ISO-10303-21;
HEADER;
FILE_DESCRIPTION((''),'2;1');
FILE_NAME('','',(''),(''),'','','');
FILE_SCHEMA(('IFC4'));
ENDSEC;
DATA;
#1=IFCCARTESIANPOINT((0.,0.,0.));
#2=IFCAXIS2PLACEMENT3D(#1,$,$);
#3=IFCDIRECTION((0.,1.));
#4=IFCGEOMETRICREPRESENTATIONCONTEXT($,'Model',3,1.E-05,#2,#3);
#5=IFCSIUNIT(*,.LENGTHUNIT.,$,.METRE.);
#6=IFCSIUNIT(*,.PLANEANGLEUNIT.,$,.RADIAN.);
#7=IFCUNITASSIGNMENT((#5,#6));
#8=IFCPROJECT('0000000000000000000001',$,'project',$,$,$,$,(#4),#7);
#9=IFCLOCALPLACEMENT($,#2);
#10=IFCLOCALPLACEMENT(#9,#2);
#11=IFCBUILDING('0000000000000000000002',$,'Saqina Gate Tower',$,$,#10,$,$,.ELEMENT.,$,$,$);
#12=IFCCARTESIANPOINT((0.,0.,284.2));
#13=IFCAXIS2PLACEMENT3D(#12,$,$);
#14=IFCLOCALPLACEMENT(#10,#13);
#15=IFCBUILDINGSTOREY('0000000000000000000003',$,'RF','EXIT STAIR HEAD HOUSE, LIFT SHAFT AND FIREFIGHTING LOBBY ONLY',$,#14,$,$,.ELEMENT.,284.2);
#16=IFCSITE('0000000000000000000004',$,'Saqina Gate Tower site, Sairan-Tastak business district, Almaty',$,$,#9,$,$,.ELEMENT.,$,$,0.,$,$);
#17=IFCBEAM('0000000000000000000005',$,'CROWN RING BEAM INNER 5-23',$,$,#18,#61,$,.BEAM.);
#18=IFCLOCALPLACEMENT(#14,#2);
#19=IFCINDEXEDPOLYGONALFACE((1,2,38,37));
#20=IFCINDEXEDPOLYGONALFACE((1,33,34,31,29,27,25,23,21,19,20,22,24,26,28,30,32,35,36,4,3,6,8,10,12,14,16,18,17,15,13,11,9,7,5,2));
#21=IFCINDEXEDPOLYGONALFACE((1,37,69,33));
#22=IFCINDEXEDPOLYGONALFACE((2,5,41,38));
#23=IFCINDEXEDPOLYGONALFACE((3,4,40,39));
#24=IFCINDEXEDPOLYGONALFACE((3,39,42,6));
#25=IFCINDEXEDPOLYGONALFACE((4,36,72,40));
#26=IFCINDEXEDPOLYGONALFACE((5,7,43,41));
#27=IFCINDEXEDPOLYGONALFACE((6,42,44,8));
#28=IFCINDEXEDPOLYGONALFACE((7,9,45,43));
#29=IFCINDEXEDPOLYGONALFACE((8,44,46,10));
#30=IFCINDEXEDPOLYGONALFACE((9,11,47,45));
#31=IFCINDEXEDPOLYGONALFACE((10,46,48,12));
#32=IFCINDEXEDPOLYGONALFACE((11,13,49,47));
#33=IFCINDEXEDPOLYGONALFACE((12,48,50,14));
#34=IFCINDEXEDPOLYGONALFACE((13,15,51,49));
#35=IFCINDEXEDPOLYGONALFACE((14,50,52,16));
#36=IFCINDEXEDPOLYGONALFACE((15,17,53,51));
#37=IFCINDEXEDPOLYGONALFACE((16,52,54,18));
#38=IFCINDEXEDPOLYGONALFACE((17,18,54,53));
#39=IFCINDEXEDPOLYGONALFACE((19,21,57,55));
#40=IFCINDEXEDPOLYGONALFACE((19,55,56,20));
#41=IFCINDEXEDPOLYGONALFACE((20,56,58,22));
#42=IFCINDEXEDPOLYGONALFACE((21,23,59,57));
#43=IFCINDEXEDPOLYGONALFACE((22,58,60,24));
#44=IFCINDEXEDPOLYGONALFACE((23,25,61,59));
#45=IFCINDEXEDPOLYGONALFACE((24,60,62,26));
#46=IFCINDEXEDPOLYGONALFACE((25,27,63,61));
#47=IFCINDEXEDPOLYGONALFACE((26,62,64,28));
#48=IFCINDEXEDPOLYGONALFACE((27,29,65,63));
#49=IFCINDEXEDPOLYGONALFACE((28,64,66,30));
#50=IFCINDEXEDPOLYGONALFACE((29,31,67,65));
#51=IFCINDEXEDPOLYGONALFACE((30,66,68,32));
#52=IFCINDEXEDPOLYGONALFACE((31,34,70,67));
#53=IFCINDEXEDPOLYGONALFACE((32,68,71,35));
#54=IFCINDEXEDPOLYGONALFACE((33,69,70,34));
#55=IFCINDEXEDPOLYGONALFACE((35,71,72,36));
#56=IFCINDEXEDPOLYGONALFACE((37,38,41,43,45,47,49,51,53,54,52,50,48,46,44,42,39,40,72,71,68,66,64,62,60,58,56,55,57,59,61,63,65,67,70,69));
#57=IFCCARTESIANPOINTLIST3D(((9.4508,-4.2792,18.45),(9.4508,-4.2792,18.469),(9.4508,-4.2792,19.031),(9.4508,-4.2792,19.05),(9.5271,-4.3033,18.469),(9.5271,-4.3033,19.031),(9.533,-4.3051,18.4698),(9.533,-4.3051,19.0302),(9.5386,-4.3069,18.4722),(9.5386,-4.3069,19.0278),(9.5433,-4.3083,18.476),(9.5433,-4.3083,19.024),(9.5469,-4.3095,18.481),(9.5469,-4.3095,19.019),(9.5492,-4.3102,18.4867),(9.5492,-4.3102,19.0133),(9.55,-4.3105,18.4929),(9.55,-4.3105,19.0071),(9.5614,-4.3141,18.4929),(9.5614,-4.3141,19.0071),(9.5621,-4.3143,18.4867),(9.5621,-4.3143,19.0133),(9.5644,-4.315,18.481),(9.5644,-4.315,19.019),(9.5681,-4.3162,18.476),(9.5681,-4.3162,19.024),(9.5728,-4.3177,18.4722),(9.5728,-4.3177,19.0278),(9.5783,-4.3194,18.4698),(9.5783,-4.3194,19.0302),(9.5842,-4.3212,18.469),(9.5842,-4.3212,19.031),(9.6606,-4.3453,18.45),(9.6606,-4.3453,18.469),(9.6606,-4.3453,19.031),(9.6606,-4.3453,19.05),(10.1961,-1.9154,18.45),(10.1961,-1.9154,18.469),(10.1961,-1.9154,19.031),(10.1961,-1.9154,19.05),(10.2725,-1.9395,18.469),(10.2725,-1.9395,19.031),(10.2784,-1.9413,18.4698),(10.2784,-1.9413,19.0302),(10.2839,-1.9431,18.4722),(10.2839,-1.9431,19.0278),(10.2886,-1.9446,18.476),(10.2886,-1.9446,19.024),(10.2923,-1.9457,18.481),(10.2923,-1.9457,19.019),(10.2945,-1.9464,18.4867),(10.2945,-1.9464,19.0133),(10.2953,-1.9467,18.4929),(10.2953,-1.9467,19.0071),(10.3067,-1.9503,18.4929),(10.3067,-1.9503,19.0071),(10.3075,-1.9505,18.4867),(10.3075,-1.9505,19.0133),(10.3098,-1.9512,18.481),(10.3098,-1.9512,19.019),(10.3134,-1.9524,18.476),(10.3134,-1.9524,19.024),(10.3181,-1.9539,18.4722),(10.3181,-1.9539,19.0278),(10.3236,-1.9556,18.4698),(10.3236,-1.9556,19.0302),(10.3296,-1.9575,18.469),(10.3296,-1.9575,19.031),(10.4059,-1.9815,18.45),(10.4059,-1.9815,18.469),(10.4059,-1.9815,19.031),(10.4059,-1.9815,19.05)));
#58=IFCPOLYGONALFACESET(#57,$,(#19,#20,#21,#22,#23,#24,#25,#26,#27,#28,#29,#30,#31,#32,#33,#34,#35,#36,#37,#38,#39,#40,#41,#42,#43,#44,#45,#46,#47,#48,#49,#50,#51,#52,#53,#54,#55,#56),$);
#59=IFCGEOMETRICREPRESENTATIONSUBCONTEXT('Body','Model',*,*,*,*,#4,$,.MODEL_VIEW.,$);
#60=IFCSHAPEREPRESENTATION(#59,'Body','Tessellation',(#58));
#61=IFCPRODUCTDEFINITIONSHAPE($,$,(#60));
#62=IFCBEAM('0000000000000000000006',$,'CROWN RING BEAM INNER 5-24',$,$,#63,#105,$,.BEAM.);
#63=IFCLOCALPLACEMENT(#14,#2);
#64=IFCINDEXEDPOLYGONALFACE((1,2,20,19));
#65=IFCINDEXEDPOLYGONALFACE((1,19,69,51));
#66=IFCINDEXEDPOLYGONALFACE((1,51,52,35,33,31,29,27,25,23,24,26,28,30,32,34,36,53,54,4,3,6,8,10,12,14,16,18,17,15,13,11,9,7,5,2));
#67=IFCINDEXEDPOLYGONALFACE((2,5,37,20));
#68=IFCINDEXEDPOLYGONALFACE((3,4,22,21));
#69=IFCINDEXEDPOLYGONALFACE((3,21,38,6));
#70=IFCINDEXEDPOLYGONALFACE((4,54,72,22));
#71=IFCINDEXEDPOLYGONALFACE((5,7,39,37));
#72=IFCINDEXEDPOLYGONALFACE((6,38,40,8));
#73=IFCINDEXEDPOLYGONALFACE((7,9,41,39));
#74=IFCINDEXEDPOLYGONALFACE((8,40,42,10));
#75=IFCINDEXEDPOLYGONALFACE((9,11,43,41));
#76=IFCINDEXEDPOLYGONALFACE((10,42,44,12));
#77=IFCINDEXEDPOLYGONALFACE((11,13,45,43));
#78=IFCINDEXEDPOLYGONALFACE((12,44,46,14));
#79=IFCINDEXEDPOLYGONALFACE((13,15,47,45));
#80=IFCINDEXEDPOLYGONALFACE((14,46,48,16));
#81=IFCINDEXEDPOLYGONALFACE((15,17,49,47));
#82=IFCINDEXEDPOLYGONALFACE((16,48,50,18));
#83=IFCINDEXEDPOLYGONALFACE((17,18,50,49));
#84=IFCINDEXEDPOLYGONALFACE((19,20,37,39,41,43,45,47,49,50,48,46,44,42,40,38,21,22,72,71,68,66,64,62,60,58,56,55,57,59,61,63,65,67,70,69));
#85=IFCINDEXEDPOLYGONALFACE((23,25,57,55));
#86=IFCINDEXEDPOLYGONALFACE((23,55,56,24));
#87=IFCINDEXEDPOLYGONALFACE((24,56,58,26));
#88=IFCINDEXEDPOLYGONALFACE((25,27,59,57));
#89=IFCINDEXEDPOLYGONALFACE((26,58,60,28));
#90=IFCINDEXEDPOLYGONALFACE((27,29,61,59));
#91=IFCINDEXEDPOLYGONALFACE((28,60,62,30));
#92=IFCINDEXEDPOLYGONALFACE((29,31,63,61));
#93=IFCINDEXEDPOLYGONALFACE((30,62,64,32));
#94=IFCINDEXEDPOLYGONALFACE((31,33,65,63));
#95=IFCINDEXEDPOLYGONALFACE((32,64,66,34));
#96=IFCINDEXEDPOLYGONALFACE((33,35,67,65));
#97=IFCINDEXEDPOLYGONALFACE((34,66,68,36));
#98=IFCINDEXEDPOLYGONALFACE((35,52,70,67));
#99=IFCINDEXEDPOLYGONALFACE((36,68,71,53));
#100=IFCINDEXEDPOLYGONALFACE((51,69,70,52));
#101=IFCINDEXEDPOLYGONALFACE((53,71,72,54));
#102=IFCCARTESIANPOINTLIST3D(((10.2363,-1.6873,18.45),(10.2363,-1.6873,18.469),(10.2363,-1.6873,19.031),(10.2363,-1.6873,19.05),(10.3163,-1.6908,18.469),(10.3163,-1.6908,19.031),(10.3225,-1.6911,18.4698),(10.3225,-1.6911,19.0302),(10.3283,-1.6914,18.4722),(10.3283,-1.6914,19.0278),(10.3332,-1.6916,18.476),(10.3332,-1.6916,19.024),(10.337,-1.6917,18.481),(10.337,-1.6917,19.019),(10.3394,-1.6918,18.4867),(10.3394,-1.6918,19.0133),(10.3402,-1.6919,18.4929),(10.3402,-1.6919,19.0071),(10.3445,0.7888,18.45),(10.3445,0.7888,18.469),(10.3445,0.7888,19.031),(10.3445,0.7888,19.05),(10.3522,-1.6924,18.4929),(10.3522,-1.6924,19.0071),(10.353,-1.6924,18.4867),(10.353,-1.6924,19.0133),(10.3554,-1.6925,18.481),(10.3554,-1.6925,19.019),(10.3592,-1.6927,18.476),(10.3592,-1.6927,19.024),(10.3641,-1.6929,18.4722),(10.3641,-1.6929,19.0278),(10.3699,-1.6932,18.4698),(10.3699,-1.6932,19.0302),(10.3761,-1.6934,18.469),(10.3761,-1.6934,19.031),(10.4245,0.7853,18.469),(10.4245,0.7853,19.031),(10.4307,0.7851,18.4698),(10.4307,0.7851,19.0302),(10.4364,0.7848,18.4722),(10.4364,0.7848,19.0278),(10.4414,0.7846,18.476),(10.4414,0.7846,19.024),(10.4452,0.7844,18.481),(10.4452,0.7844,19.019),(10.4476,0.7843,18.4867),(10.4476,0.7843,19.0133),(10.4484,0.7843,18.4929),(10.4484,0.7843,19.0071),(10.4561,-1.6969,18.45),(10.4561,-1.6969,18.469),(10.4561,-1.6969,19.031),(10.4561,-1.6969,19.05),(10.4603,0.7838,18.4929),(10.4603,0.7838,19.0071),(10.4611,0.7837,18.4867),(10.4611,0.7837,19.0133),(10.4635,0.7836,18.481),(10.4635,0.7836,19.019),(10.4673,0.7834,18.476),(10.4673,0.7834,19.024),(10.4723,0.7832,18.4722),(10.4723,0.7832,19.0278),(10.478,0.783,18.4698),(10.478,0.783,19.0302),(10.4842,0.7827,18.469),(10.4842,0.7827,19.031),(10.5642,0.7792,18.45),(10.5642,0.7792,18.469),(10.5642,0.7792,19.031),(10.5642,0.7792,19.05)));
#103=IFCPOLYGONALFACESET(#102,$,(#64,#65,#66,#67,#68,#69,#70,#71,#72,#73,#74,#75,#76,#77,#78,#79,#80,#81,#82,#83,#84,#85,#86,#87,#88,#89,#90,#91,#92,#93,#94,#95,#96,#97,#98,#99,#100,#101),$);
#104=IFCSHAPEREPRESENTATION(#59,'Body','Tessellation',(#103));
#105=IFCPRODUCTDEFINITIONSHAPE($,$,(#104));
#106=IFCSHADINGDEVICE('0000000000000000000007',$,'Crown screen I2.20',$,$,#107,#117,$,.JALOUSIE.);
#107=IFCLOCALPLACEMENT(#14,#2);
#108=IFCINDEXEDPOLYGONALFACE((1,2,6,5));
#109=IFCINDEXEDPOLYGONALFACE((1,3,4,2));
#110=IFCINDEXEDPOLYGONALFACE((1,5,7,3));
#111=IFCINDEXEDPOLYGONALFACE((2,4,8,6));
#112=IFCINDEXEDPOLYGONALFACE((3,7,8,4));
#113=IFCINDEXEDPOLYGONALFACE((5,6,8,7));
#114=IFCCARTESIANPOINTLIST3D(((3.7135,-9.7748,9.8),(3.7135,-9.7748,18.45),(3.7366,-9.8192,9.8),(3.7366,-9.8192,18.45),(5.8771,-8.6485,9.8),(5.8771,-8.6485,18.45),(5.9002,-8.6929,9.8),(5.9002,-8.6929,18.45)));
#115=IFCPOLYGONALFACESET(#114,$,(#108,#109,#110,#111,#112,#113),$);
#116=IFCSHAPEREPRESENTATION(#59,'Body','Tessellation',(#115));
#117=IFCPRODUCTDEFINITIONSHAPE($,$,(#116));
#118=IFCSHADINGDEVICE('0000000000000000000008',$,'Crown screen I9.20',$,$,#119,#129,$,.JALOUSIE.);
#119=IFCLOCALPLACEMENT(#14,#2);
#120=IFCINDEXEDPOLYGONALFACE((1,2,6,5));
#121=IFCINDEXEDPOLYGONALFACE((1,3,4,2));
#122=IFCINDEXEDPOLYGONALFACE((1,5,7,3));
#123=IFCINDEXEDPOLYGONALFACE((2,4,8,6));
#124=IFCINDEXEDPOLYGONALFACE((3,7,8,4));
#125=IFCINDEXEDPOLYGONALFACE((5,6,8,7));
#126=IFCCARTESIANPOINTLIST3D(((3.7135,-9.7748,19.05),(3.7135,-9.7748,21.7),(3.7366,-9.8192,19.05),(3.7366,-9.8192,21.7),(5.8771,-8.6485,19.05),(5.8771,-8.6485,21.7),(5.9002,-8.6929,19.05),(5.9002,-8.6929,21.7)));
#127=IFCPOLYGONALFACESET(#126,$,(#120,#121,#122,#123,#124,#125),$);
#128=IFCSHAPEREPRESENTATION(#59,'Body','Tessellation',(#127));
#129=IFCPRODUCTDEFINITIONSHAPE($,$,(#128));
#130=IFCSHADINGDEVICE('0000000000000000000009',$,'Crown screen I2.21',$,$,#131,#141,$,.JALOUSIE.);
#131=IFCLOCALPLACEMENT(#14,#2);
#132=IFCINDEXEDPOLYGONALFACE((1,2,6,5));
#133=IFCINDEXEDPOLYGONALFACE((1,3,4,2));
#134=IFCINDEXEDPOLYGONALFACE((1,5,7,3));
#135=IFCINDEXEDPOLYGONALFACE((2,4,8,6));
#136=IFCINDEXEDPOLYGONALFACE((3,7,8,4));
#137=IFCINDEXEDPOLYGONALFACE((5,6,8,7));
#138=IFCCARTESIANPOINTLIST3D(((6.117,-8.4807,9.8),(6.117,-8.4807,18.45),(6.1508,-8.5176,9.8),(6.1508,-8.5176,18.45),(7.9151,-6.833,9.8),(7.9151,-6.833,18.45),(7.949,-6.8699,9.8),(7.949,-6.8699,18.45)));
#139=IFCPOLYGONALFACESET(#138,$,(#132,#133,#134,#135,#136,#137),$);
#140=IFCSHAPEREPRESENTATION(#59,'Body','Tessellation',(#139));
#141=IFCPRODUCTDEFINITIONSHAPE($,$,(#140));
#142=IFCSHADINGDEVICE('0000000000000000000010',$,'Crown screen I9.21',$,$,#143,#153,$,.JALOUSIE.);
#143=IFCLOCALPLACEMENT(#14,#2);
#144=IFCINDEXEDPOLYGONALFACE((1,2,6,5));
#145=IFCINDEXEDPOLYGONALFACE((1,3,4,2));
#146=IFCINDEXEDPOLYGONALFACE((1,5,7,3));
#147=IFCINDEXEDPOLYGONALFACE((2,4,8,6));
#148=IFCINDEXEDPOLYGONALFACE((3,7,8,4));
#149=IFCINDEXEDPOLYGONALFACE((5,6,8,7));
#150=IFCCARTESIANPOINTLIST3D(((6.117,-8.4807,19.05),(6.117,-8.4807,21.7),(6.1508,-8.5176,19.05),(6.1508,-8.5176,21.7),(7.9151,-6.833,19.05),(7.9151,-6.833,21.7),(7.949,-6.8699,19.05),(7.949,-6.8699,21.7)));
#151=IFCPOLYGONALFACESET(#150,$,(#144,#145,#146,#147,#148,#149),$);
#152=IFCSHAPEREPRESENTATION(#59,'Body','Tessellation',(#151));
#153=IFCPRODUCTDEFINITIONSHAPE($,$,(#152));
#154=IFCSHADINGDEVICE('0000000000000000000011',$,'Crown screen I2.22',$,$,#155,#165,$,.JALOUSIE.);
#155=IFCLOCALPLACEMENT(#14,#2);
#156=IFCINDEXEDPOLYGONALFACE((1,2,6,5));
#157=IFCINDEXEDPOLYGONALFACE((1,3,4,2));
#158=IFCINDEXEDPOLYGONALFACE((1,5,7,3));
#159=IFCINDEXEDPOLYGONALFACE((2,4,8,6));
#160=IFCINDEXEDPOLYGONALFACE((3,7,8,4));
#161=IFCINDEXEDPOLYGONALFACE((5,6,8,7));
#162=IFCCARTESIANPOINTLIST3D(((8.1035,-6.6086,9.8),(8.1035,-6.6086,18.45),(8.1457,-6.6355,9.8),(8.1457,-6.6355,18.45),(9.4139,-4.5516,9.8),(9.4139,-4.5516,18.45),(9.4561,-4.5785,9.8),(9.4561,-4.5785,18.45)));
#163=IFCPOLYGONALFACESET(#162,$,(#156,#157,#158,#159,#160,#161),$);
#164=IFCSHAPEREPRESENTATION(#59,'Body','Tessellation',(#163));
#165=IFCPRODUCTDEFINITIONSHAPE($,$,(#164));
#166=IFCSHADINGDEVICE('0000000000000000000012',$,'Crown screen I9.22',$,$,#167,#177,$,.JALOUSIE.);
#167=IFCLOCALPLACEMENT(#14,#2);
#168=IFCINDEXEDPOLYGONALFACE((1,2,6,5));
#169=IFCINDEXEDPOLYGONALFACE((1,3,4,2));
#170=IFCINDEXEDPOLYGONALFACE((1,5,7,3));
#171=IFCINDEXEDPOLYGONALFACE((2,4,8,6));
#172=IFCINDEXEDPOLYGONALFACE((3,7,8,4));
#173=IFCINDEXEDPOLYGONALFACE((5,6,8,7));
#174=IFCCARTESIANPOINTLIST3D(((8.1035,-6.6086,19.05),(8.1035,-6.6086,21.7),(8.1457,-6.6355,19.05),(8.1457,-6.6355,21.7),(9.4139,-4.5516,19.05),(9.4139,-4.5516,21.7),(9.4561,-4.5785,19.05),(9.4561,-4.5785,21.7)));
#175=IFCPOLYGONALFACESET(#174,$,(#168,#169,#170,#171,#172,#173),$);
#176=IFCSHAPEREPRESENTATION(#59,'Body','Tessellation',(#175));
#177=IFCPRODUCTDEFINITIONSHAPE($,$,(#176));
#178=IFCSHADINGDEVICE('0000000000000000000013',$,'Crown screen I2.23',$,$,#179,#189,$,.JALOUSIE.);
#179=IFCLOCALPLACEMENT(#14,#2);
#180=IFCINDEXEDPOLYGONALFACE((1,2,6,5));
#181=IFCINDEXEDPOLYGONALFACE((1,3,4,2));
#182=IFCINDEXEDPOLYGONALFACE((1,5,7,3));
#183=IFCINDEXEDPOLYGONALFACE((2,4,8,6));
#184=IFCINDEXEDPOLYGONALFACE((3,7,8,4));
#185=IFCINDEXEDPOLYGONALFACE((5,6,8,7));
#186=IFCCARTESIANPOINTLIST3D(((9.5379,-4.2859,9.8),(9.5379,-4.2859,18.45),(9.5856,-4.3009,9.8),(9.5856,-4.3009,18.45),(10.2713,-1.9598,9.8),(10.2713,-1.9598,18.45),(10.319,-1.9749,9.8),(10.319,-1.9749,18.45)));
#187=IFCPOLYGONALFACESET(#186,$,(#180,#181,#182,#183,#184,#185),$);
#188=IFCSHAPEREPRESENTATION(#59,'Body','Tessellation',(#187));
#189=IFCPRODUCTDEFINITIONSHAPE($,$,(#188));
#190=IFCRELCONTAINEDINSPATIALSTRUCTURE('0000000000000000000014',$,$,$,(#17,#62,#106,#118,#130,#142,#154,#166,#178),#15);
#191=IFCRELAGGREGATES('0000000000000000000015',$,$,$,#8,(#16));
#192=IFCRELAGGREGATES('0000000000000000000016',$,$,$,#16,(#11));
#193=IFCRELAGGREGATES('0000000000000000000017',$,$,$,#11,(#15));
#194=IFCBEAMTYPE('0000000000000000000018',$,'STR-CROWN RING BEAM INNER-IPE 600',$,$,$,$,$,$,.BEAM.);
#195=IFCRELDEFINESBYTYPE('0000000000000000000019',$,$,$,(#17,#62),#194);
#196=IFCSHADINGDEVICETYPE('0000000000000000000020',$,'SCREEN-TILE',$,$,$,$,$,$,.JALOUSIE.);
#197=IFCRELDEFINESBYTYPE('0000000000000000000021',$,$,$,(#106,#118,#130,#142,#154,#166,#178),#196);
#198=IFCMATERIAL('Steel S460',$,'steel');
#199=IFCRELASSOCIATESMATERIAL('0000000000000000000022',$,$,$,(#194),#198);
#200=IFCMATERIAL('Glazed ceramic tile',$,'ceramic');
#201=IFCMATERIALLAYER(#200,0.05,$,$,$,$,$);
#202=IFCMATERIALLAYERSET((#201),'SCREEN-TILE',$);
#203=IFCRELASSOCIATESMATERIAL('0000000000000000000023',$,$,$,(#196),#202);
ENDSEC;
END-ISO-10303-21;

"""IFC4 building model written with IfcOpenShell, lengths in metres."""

from ifc_helpers import new_model, si_unit, direction, frame, origin, origin_2d, place, context, subcontext, project, spatial, rectangle, i_section, extrude, material, layer, layer_set, material_profile, profile_set, type_object, element, save


model = new_model("IFC4")

# Units and contexts
model_context = context("Model", 3, precision=1e-05, world=origin(), true_north=direction((0.0, 1.0)))
body_context = subcontext(model_context, "Body", "Model", "MODEL_VIEW")
ifc_project = project(units=[si_unit("LENGTHUNIT", "METRE"), si_unit("PLANEANGLEUNIT", "RADIAN")], contexts=[model_context])

# Site, building, storey
site_placement = place(None, origin())
site = spatial("IfcSite", under=ifc_project, at=site_placement, Name="Saqina Gate Tower site, Sairan-Tastak business district, Almaty", CompositionType="ELEMENT", RefElevation=0.0)
building_placement = place(site_placement, origin())
building = spatial("IfcBuilding", under=site, at=building_placement, Name="Saqina Gate Tower", CompositionType="ELEMENT")
storey_placement = place(building_placement, frame((0.0, 0.0, 284.2)))
storey = spatial("IfcBuildingStorey", under=building, at=storey_placement, Name="RF", Description="EXIT STAIR HEAD HOUSE, LIFT SHAFT AND FIREFIGHTING LOBBY ONLY", CompositionType="ELEMENT", Elevation=284.2)

# Beams
ifc_material_1 = material(Name="Steel S460", Category="steel")
ifc_material_profile_1 = material_profile(ifc_material_1, i_section(OverallWidth=0.22, OverallDepth=0.6001, WebThickness=0.012, FlangeThickness=0.019, FilletRadius=0.0239, at=origin_2d()), Name="IPE 600")
ifc_profile_set_1 = profile_set([ifc_material_profile_1], Name="Steel S460")
beam_type_1 = type_object("IfcBeamType", Name="STR-CROWN RING BEAM INNER-IPE 600", PredefinedType="BEAM", material=ifc_profile_set_1)
for number, where, z_axis, x_axis, name in (
    (1, (9.5557, -4.3123, 18.75), (0.300731, 0.953709, 0.0), (-0.953709, 0.300731, 0.0), "CROWN RING BEAM INNER 5-23"),
    (2, (10.3462, -1.6921, 18.75), (0.043638, 0.999047, 0.0), (-0.999047, 0.043638, 0.0), "CROWN RING BEAM INNER 5-24"),
):
    element("IfcBeam", number, at=place(storey_placement, frame(where, z_axis=z_axis, x_axis=x_axis)), inside=storey, type_object=beam_type_1, Name=name, PredefinedType="BEAM", context=body_context, shape_type="SweptSolid", body=[
        extrude(i_section(OverallWidth=0.22, OverallDepth=0.6001, WebThickness=0.012, FlangeThickness=0.019, FilletRadius=0.0239, at=origin_2d()), origin(), (0.0, 0.0, 1.0), 2.4785),
    ])

# Shading devices
ifc_material_2 = material(Name="Glazed ceramic tile", Category="ceramic")
ifc_layer = layer(ifc_material_2, 0.05)
ifc_layer_set = layer_set([ifc_layer], Name="SCREEN-TILE")
shading_device_type = type_object("IfcShadingDeviceType", Name="SCREEN-TILE", PredefinedType="JALOUSIE", material=ifc_layer_set)
shading_device_1_placement = place(storey_placement, frame((4.8069, -9.2339, 9.8), z_axis=(0.0, 0.0, 1.0), x_axis=(0.887011, 0.461749, 0.0)))
element("IfcShadingDevice", 3, at=shading_device_1_placement, inside=storey, type_object=shading_device_type, Name="Crown screen I2.20", PredefinedType="JALOUSIE", context=body_context, shape_type="SweptSolid", body=[
    extrude(rectangle(XDim=2.4392, YDim=0.05, at=origin_2d()), origin(), (0.0, 0.0, 1.0), 8.6499),
])
shading_device_2_placement = place(storey_placement, frame((4.8069, -9.2339, 19.05), z_axis=(0.0, 0.0, 1.0), x_axis=(0.887011, 0.461749, 0.0)))
element("IfcShadingDevice", 4, at=shading_device_2_placement, inside=storey, type_object=shading_device_type, Name="Crown screen I9.20", PredefinedType="JALOUSIE", context=body_context, shape_type="SweptSolid", body=[
    extrude(rectangle(XDim=2.4392, YDim=0.05, at=origin_2d()), origin(), (0.0, 0.0, 1.0), 2.6499),
])
shading_device_3_placement = place(storey_placement, frame((7.033, -7.6753, 9.8), z_axis=(0.0, 0.0, 1.0), x_axis=(0.737277, 0.67559, 0.0)))
element("IfcShadingDevice", 5, at=shading_device_3_placement, inside=storey, type_object=shading_device_type, Name="Crown screen I2.21", PredefinedType="JALOUSIE", context=body_context, shape_type="SweptSolid", body=[
    extrude(rectangle(XDim=2.439, YDim=0.05, at=origin_2d()), origin(), (0.0, 0.0, 1.0), 8.6499),
])
shading_device_4_placement = place(storey_placement, frame((7.033, -7.6753, 19.05), z_axis=(0.0, 0.0, 1.0), x_axis=(0.737277, 0.67559, 0.0)))
element("IfcShadingDevice", 6, at=shading_device_4_placement, inside=storey, type_object=shading_device_type, Name="Crown screen I9.21", PredefinedType="JALOUSIE", context=body_context, shape_type="SweptSolid", body=[
    extrude(rectangle(XDim=2.439, YDim=0.05, at=origin_2d()), origin(), (0.0, 0.0, 1.0), 2.6499),
])
shading_device_5_placement = place(storey_placement, frame((8.7798, -5.5935, 9.8), z_axis=(0.0, 0.0, 1.0), x_axis=(0.5373, 0.843391, 0.0)))
element("IfcShadingDevice", 7, at=shading_device_5_placement, inside=storey, type_object=shading_device_type, Name="Crown screen I2.22", PredefinedType="JALOUSIE", context=body_context, shape_type="SweptSolid", body=[
    extrude(rectangle(XDim=2.439, YDim=0.05, at=origin_2d()), origin(), (0.0, 0.0, 1.0), 8.6499),
])
shading_device_6_placement = place(storey_placement, frame((8.7798, -5.5935, 19.05), z_axis=(0.0, 0.0, 1.0), x_axis=(0.5373, 0.843391, 0.0)))
element("IfcShadingDevice", 8, at=shading_device_6_placement, inside=storey, type_object=shading_device_type, Name="Crown screen I9.22", PredefinedType="JALOUSIE", context=body_context, shape_type="SweptSolid", body=[
    extrude(rectangle(XDim=2.439, YDim=0.05, at=origin_2d()), origin(), (0.0, 0.0, 1.0), 2.6499),
])
shading_device_7_placement = place(storey_placement, frame((9.9285, -3.1304, 9.8), z_axis=(0.0, 0.0, 1.0), x_axis=(0.300706, 0.953717, 0.0)))
element("IfcShadingDevice", 9, at=shading_device_7_placement, inside=storey, type_object=shading_device_type, Name="Crown screen I2.23", PredefinedType="JALOUSIE", context=body_context, shape_type="SweptSolid", body=[
    extrude(rectangle(XDim=2.439, YDim=0.05, at=origin_2d()), origin(), (0.0, 0.0, 1.0), 8.6499),
])

save(model, "model.ifc")
